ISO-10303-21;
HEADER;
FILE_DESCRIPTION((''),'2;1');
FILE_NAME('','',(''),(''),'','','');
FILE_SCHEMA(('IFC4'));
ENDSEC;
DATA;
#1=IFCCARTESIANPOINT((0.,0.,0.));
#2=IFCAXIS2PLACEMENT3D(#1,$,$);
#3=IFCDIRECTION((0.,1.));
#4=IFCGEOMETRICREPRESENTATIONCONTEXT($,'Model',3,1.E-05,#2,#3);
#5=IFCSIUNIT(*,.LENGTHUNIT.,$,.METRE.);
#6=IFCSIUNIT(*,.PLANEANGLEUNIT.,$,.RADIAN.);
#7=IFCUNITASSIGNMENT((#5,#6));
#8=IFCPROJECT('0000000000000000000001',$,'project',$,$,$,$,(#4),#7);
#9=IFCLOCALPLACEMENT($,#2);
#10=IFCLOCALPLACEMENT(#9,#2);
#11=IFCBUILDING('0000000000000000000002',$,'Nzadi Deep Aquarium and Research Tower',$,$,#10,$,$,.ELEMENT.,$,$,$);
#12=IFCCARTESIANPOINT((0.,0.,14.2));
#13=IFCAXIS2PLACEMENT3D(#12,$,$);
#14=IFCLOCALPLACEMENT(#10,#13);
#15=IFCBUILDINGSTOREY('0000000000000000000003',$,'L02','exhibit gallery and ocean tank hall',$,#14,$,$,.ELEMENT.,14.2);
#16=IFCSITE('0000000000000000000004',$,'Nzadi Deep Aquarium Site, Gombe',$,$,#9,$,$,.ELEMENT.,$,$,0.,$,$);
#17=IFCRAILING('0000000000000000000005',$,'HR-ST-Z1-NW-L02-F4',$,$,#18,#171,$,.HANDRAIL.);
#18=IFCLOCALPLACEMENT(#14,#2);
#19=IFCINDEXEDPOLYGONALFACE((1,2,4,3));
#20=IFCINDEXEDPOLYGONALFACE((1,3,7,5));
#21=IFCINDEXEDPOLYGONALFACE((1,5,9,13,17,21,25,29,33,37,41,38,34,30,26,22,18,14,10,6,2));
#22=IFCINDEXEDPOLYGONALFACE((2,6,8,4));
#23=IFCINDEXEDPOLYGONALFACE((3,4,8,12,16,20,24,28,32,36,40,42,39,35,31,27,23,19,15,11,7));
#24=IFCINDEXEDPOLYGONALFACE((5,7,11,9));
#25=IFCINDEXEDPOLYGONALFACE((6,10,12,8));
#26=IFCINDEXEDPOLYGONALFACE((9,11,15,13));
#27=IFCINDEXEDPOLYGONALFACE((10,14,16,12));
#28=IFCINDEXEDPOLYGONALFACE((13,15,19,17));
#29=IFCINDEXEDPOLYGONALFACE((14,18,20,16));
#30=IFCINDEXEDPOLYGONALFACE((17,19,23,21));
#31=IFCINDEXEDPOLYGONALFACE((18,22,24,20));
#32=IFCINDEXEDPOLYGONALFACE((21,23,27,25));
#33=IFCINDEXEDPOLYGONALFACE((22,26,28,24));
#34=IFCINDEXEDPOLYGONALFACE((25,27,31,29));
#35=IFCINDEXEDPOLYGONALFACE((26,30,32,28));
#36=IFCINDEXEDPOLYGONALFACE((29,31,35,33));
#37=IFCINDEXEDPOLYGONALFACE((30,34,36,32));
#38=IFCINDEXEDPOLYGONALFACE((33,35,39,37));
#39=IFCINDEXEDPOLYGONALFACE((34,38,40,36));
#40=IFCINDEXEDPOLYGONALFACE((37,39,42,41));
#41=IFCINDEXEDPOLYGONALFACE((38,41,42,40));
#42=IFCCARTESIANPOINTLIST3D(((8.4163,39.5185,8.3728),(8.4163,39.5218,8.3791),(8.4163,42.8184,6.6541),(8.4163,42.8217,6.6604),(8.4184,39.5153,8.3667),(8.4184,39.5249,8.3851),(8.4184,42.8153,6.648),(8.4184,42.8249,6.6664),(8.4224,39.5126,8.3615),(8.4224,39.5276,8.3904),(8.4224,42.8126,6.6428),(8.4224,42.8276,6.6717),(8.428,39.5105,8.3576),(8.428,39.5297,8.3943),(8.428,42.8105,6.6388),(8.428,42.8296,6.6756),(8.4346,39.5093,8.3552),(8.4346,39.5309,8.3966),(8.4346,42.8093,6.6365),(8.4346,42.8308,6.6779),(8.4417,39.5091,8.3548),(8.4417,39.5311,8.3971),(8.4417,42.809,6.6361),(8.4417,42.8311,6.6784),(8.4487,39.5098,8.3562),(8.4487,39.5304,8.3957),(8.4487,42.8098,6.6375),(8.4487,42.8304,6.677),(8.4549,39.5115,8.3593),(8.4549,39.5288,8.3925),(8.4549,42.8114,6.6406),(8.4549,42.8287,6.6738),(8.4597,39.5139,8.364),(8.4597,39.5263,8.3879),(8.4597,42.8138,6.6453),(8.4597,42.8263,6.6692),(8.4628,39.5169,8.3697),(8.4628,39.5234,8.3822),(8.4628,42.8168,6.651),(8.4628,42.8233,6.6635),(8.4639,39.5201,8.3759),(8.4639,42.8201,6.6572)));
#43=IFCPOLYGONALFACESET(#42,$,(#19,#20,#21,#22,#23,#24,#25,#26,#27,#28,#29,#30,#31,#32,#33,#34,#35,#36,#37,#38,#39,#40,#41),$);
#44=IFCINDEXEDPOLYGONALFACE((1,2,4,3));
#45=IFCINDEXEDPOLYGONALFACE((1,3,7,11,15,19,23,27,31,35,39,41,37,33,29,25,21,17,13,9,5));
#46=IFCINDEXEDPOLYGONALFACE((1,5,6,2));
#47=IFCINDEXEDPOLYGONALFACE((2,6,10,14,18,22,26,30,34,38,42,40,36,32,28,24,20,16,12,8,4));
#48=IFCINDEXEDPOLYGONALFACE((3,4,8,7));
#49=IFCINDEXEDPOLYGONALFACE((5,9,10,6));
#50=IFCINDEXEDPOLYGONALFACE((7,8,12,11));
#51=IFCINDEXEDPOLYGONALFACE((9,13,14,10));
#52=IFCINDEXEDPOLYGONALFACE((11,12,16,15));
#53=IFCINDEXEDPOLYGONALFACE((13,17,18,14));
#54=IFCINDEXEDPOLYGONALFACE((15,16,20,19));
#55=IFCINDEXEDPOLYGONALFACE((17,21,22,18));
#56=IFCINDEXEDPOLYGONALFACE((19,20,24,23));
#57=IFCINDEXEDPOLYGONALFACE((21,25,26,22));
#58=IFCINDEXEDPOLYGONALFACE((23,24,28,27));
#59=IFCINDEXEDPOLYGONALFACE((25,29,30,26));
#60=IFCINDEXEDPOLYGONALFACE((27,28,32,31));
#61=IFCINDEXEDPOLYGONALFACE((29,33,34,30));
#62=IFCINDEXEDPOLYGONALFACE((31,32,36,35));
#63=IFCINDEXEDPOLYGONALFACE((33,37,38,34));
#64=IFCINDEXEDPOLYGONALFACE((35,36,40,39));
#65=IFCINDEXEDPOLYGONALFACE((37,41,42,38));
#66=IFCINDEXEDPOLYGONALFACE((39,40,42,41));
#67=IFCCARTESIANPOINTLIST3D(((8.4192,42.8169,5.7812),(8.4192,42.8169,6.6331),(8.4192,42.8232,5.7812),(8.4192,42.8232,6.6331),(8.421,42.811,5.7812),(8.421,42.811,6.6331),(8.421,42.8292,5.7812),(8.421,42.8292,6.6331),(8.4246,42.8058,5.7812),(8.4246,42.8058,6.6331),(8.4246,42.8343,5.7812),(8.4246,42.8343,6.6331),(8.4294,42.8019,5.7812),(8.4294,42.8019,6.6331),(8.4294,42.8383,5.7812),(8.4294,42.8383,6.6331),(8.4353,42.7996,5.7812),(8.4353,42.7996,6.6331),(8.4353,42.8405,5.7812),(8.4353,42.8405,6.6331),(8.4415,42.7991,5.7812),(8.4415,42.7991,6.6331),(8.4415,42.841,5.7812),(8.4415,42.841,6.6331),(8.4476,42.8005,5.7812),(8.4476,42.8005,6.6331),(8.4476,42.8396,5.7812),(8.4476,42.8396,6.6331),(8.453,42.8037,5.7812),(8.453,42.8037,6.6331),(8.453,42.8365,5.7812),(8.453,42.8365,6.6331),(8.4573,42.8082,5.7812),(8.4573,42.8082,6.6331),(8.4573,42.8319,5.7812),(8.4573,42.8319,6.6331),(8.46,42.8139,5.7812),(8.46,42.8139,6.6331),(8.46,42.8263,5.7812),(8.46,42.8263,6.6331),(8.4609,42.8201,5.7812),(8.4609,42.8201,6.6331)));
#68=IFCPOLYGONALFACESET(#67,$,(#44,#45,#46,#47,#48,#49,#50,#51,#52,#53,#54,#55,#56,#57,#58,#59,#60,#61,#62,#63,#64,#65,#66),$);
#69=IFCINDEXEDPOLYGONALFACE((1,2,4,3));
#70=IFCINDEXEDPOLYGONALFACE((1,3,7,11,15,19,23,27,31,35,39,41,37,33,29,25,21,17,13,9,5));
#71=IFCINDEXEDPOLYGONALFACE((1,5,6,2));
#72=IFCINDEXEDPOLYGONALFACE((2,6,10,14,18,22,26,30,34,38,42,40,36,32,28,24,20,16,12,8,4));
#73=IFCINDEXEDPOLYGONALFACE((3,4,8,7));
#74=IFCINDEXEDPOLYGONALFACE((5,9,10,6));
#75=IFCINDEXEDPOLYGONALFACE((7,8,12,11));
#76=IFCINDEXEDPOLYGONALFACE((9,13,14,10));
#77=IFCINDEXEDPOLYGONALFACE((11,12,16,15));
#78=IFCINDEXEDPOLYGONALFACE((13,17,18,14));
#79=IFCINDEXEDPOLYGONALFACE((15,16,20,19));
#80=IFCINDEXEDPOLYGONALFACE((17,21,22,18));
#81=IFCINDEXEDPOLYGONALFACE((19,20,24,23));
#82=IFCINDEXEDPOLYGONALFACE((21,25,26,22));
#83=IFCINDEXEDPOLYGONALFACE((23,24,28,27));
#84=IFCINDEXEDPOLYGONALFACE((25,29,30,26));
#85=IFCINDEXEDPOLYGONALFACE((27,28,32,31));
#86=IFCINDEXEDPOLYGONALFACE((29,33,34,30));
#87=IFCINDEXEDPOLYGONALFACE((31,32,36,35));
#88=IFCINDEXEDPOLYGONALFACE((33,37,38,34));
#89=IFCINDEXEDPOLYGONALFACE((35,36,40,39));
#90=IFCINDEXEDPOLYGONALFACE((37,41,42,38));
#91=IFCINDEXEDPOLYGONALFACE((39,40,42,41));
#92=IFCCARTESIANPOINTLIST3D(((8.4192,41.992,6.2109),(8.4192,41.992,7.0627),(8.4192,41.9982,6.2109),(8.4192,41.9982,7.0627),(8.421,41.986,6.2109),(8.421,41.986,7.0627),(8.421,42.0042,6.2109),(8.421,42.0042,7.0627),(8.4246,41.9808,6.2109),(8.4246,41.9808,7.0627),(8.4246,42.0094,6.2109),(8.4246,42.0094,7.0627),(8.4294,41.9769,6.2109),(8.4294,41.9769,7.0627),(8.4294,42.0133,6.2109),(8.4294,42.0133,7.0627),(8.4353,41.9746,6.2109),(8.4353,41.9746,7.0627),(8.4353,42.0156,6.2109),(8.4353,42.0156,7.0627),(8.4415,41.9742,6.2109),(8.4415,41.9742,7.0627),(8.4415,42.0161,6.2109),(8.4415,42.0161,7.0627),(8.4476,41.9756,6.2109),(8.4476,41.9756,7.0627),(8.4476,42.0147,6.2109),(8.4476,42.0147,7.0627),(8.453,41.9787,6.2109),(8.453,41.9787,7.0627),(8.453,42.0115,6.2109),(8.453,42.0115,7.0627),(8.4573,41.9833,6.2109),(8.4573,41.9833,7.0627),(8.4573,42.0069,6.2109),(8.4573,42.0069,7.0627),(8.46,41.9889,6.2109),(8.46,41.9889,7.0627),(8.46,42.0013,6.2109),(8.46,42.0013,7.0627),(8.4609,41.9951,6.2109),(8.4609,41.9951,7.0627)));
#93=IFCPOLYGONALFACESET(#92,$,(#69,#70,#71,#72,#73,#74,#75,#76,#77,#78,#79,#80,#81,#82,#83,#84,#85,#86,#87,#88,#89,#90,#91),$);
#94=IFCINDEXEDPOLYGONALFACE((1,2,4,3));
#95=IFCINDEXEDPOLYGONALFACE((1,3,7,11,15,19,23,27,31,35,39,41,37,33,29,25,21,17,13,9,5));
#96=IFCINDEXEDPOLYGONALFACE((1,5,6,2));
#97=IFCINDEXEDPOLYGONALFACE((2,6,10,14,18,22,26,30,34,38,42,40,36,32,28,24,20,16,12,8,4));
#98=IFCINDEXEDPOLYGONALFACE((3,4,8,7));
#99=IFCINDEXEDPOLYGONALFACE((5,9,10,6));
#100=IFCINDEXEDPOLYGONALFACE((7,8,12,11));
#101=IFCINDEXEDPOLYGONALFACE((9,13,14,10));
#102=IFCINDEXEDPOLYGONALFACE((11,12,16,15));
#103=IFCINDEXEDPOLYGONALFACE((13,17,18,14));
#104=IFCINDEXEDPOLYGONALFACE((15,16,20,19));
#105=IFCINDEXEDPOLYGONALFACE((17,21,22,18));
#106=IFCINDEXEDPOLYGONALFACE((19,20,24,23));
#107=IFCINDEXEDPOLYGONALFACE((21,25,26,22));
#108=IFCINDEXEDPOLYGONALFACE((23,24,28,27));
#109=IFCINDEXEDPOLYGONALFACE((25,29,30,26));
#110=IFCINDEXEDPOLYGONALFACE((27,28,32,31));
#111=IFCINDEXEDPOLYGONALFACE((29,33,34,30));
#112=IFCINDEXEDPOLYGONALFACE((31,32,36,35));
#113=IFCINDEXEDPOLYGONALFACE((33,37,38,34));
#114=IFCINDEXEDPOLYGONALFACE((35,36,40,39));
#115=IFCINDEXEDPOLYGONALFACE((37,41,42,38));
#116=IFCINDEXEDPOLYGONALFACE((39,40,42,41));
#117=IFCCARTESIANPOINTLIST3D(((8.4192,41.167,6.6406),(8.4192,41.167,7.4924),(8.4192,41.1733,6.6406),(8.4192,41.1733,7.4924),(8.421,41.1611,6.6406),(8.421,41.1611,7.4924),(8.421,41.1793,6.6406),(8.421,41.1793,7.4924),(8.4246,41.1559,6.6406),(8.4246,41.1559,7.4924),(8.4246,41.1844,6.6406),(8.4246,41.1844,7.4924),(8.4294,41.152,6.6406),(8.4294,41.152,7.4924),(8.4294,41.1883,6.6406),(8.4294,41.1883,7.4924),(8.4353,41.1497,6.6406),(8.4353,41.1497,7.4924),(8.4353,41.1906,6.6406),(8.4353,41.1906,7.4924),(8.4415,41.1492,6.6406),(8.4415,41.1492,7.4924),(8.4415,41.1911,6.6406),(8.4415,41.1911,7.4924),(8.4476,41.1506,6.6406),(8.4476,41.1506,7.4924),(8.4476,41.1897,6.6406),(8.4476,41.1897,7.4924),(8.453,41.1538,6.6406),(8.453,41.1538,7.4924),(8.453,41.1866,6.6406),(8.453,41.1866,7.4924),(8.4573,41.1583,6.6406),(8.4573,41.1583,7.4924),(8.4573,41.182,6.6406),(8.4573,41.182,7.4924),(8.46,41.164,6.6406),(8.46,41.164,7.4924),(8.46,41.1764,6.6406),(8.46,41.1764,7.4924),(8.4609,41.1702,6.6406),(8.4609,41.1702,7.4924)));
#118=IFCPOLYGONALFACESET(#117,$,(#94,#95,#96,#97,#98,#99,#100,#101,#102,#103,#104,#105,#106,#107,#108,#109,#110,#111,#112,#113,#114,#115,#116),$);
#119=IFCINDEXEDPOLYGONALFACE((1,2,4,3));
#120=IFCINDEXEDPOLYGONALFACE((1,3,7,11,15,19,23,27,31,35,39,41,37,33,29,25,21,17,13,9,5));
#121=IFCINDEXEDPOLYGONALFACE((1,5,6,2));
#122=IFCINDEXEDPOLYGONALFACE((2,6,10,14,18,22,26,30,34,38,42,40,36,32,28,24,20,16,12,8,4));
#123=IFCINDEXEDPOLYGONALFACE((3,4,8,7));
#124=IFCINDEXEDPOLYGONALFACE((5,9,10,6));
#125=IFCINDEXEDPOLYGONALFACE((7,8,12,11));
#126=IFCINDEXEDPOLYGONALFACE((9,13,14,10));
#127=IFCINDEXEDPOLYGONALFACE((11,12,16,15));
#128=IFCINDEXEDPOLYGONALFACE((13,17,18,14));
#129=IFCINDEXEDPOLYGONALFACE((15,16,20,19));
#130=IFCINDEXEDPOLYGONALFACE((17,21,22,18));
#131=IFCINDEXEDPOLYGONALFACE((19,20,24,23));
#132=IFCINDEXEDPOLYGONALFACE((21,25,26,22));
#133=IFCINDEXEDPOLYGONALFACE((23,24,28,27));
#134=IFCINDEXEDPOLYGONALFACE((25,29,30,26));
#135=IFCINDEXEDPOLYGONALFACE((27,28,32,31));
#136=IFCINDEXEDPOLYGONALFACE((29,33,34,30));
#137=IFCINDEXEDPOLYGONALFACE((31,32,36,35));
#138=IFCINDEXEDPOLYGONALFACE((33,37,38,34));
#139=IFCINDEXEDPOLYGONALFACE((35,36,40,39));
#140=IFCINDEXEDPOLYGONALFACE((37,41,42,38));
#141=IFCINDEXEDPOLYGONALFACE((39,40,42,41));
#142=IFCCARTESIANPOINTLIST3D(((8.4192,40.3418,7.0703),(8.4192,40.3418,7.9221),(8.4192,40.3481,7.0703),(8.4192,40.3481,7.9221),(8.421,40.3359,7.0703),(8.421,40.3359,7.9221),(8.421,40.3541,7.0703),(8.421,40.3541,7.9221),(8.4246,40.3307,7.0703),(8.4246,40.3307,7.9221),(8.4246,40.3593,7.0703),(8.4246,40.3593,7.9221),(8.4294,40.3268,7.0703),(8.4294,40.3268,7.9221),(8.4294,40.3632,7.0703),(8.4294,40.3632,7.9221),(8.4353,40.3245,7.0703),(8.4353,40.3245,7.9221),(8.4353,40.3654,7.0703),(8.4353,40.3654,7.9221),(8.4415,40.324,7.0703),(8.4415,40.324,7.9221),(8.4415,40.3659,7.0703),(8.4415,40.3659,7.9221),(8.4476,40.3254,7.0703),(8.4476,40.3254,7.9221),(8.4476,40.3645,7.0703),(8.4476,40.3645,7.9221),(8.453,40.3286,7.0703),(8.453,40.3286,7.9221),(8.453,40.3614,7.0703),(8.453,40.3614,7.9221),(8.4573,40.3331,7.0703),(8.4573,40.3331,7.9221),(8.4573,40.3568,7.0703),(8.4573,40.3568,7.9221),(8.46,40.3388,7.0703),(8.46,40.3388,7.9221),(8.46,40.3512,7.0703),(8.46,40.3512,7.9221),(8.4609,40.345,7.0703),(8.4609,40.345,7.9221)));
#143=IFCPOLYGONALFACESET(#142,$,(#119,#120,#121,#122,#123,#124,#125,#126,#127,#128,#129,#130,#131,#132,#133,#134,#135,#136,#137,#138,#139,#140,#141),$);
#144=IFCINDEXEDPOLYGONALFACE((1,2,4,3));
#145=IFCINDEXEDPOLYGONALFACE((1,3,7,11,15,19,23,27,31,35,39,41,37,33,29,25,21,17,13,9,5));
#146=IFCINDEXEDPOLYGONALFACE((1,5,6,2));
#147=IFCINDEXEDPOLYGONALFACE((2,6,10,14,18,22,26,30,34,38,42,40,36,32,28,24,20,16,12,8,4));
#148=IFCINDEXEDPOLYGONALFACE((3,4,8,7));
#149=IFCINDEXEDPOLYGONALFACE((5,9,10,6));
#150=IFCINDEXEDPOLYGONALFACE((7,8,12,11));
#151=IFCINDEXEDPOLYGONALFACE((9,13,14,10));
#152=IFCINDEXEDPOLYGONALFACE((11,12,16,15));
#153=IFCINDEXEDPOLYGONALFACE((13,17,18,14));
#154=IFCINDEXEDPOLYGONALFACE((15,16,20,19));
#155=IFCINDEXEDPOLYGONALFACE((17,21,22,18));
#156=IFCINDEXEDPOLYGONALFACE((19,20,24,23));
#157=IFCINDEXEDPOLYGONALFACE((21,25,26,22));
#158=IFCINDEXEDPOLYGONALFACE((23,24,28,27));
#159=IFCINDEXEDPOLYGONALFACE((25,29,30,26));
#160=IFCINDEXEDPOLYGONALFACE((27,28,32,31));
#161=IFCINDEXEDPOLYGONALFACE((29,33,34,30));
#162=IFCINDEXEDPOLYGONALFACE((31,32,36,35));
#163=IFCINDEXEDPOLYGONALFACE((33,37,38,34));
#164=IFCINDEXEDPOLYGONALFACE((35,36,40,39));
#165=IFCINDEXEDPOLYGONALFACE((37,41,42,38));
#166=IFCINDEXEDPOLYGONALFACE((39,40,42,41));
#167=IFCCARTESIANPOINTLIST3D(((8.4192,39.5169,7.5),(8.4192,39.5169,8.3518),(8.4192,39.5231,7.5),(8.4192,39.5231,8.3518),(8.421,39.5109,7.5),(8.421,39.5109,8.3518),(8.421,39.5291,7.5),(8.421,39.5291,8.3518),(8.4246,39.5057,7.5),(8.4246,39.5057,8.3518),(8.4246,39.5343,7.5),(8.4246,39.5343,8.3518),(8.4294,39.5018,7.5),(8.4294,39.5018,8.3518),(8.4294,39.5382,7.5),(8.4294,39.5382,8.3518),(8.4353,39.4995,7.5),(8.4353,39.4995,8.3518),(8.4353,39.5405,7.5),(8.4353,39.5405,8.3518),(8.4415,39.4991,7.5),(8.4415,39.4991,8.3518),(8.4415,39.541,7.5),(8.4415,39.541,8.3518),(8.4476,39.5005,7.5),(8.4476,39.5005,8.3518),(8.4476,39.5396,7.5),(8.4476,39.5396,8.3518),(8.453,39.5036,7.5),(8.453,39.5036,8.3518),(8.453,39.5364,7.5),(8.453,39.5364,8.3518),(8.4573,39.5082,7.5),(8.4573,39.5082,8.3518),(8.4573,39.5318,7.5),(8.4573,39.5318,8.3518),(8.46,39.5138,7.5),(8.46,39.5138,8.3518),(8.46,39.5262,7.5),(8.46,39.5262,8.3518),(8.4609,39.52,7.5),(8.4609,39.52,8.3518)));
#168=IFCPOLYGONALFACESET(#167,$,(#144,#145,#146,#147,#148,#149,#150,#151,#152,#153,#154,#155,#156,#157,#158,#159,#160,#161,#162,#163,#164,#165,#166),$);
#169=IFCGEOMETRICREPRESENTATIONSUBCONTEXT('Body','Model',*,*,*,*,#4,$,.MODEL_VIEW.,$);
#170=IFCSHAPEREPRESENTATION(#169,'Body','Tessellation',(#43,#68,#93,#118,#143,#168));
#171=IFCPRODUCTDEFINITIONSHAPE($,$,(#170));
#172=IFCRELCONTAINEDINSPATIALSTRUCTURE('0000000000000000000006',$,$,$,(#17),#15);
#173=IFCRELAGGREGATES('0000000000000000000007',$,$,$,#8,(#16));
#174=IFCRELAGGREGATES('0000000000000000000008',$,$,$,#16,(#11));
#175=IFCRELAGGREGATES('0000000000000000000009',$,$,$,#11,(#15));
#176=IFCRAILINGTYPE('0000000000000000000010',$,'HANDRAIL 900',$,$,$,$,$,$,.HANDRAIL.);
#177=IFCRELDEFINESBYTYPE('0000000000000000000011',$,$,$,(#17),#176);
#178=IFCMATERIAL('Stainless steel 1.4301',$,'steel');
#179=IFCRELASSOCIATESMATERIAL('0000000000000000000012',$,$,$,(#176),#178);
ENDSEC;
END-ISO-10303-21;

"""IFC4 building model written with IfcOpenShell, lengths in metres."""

from ifc_helpers import new_model, si_unit, direction, frame, origin, origin_2d, place, context, subcontext, project, spatial, circle, extrude, material, type_object, element, save


model = new_model("IFC4")

# Units and contexts
model_context = context("Model", 3, precision=1e-05, world=origin(), true_north=direction((0.0, 1.0)))
body_context = subcontext(model_context, "Body", "Model", "MODEL_VIEW")
ifc_project = project(units=[si_unit("LENGTHUNIT", "METRE"), si_unit("PLANEANGLEUNIT", "RADIAN")], contexts=[model_context])

# Site, building, storey
site_placement = place(None, origin())
site = spatial("IfcSite", under=ifc_project, at=site_placement, Name="Nzadi Deep Aquarium Site, Gombe", CompositionType="ELEMENT", RefElevation=0.0)
building_placement = place(site_placement, origin())
building = spatial("IfcBuilding", under=site, at=building_placement, Name="Nzadi Deep Aquarium and Research Tower", CompositionType="ELEMENT")
storey_placement = place(building_placement, frame((0.0, 0.0, 14.2)))
storey = spatial("IfcBuildingStorey", under=building, at=storey_placement, Name="L02", Description="exhibit gallery and ocean tank hall", CompositionType="ELEMENT", Elevation=14.2)

# Railing
ifc_material_1 = material(Name="Stainless steel 1.4301", Category="steel")
railing_type = type_object("IfcRailingType", Name="HANDRAIL 900", PredefinedType="HANDRAIL", material=ifc_material_1)
for number, where, name in (
    (1, (8.4399, 42.8201, 5.7812), "HR-ST-Z1-NW-L02-F4"),
):
    element("IfcRailing", number, at=place(storey_placement, frame(where)), inside=storey, type_object=railing_type, Name=name, PredefinedType="HANDRAIL", context=body_context, shape_type="SweptSolid", body=[
        extrude(circle(Radius=0.0239, at=origin_2d()), frame((0.0, 0.0, 0.876), z_axis=(0.0, -0.886917, 0.461929), x_axis=(1.0, 0.0, 0.0)), (0.0, 0.0, 1.0), 3.7207),
        extrude(circle(Radius=0.021, at=origin_2d()), origin(), (0.0, 0.0, 1.0), 0.8518),
        extrude(circle(Radius=0.021, at=origin_2d()), frame((0.0, -0.825, 0.4297)), (0.0, 0.0, 1.0), 0.8518),
        extrude(circle(Radius=0.021, at=origin_2d()), frame((0.0, -1.6499, 0.8594)), (0.0, 0.0, 1.0), 0.8518),
        extrude(circle(Radius=0.021, at=origin_2d()), frame((0.0, -2.4751, 1.2891)), (0.0, 0.0, 1.0), 0.8518),
        extrude(circle(Radius=0.021, at=origin_2d()), frame((0.0, -3.3, 1.7188)), (0.0, 0.0, 1.0), 0.8518),
    ])

save(model, "model.ifc")
